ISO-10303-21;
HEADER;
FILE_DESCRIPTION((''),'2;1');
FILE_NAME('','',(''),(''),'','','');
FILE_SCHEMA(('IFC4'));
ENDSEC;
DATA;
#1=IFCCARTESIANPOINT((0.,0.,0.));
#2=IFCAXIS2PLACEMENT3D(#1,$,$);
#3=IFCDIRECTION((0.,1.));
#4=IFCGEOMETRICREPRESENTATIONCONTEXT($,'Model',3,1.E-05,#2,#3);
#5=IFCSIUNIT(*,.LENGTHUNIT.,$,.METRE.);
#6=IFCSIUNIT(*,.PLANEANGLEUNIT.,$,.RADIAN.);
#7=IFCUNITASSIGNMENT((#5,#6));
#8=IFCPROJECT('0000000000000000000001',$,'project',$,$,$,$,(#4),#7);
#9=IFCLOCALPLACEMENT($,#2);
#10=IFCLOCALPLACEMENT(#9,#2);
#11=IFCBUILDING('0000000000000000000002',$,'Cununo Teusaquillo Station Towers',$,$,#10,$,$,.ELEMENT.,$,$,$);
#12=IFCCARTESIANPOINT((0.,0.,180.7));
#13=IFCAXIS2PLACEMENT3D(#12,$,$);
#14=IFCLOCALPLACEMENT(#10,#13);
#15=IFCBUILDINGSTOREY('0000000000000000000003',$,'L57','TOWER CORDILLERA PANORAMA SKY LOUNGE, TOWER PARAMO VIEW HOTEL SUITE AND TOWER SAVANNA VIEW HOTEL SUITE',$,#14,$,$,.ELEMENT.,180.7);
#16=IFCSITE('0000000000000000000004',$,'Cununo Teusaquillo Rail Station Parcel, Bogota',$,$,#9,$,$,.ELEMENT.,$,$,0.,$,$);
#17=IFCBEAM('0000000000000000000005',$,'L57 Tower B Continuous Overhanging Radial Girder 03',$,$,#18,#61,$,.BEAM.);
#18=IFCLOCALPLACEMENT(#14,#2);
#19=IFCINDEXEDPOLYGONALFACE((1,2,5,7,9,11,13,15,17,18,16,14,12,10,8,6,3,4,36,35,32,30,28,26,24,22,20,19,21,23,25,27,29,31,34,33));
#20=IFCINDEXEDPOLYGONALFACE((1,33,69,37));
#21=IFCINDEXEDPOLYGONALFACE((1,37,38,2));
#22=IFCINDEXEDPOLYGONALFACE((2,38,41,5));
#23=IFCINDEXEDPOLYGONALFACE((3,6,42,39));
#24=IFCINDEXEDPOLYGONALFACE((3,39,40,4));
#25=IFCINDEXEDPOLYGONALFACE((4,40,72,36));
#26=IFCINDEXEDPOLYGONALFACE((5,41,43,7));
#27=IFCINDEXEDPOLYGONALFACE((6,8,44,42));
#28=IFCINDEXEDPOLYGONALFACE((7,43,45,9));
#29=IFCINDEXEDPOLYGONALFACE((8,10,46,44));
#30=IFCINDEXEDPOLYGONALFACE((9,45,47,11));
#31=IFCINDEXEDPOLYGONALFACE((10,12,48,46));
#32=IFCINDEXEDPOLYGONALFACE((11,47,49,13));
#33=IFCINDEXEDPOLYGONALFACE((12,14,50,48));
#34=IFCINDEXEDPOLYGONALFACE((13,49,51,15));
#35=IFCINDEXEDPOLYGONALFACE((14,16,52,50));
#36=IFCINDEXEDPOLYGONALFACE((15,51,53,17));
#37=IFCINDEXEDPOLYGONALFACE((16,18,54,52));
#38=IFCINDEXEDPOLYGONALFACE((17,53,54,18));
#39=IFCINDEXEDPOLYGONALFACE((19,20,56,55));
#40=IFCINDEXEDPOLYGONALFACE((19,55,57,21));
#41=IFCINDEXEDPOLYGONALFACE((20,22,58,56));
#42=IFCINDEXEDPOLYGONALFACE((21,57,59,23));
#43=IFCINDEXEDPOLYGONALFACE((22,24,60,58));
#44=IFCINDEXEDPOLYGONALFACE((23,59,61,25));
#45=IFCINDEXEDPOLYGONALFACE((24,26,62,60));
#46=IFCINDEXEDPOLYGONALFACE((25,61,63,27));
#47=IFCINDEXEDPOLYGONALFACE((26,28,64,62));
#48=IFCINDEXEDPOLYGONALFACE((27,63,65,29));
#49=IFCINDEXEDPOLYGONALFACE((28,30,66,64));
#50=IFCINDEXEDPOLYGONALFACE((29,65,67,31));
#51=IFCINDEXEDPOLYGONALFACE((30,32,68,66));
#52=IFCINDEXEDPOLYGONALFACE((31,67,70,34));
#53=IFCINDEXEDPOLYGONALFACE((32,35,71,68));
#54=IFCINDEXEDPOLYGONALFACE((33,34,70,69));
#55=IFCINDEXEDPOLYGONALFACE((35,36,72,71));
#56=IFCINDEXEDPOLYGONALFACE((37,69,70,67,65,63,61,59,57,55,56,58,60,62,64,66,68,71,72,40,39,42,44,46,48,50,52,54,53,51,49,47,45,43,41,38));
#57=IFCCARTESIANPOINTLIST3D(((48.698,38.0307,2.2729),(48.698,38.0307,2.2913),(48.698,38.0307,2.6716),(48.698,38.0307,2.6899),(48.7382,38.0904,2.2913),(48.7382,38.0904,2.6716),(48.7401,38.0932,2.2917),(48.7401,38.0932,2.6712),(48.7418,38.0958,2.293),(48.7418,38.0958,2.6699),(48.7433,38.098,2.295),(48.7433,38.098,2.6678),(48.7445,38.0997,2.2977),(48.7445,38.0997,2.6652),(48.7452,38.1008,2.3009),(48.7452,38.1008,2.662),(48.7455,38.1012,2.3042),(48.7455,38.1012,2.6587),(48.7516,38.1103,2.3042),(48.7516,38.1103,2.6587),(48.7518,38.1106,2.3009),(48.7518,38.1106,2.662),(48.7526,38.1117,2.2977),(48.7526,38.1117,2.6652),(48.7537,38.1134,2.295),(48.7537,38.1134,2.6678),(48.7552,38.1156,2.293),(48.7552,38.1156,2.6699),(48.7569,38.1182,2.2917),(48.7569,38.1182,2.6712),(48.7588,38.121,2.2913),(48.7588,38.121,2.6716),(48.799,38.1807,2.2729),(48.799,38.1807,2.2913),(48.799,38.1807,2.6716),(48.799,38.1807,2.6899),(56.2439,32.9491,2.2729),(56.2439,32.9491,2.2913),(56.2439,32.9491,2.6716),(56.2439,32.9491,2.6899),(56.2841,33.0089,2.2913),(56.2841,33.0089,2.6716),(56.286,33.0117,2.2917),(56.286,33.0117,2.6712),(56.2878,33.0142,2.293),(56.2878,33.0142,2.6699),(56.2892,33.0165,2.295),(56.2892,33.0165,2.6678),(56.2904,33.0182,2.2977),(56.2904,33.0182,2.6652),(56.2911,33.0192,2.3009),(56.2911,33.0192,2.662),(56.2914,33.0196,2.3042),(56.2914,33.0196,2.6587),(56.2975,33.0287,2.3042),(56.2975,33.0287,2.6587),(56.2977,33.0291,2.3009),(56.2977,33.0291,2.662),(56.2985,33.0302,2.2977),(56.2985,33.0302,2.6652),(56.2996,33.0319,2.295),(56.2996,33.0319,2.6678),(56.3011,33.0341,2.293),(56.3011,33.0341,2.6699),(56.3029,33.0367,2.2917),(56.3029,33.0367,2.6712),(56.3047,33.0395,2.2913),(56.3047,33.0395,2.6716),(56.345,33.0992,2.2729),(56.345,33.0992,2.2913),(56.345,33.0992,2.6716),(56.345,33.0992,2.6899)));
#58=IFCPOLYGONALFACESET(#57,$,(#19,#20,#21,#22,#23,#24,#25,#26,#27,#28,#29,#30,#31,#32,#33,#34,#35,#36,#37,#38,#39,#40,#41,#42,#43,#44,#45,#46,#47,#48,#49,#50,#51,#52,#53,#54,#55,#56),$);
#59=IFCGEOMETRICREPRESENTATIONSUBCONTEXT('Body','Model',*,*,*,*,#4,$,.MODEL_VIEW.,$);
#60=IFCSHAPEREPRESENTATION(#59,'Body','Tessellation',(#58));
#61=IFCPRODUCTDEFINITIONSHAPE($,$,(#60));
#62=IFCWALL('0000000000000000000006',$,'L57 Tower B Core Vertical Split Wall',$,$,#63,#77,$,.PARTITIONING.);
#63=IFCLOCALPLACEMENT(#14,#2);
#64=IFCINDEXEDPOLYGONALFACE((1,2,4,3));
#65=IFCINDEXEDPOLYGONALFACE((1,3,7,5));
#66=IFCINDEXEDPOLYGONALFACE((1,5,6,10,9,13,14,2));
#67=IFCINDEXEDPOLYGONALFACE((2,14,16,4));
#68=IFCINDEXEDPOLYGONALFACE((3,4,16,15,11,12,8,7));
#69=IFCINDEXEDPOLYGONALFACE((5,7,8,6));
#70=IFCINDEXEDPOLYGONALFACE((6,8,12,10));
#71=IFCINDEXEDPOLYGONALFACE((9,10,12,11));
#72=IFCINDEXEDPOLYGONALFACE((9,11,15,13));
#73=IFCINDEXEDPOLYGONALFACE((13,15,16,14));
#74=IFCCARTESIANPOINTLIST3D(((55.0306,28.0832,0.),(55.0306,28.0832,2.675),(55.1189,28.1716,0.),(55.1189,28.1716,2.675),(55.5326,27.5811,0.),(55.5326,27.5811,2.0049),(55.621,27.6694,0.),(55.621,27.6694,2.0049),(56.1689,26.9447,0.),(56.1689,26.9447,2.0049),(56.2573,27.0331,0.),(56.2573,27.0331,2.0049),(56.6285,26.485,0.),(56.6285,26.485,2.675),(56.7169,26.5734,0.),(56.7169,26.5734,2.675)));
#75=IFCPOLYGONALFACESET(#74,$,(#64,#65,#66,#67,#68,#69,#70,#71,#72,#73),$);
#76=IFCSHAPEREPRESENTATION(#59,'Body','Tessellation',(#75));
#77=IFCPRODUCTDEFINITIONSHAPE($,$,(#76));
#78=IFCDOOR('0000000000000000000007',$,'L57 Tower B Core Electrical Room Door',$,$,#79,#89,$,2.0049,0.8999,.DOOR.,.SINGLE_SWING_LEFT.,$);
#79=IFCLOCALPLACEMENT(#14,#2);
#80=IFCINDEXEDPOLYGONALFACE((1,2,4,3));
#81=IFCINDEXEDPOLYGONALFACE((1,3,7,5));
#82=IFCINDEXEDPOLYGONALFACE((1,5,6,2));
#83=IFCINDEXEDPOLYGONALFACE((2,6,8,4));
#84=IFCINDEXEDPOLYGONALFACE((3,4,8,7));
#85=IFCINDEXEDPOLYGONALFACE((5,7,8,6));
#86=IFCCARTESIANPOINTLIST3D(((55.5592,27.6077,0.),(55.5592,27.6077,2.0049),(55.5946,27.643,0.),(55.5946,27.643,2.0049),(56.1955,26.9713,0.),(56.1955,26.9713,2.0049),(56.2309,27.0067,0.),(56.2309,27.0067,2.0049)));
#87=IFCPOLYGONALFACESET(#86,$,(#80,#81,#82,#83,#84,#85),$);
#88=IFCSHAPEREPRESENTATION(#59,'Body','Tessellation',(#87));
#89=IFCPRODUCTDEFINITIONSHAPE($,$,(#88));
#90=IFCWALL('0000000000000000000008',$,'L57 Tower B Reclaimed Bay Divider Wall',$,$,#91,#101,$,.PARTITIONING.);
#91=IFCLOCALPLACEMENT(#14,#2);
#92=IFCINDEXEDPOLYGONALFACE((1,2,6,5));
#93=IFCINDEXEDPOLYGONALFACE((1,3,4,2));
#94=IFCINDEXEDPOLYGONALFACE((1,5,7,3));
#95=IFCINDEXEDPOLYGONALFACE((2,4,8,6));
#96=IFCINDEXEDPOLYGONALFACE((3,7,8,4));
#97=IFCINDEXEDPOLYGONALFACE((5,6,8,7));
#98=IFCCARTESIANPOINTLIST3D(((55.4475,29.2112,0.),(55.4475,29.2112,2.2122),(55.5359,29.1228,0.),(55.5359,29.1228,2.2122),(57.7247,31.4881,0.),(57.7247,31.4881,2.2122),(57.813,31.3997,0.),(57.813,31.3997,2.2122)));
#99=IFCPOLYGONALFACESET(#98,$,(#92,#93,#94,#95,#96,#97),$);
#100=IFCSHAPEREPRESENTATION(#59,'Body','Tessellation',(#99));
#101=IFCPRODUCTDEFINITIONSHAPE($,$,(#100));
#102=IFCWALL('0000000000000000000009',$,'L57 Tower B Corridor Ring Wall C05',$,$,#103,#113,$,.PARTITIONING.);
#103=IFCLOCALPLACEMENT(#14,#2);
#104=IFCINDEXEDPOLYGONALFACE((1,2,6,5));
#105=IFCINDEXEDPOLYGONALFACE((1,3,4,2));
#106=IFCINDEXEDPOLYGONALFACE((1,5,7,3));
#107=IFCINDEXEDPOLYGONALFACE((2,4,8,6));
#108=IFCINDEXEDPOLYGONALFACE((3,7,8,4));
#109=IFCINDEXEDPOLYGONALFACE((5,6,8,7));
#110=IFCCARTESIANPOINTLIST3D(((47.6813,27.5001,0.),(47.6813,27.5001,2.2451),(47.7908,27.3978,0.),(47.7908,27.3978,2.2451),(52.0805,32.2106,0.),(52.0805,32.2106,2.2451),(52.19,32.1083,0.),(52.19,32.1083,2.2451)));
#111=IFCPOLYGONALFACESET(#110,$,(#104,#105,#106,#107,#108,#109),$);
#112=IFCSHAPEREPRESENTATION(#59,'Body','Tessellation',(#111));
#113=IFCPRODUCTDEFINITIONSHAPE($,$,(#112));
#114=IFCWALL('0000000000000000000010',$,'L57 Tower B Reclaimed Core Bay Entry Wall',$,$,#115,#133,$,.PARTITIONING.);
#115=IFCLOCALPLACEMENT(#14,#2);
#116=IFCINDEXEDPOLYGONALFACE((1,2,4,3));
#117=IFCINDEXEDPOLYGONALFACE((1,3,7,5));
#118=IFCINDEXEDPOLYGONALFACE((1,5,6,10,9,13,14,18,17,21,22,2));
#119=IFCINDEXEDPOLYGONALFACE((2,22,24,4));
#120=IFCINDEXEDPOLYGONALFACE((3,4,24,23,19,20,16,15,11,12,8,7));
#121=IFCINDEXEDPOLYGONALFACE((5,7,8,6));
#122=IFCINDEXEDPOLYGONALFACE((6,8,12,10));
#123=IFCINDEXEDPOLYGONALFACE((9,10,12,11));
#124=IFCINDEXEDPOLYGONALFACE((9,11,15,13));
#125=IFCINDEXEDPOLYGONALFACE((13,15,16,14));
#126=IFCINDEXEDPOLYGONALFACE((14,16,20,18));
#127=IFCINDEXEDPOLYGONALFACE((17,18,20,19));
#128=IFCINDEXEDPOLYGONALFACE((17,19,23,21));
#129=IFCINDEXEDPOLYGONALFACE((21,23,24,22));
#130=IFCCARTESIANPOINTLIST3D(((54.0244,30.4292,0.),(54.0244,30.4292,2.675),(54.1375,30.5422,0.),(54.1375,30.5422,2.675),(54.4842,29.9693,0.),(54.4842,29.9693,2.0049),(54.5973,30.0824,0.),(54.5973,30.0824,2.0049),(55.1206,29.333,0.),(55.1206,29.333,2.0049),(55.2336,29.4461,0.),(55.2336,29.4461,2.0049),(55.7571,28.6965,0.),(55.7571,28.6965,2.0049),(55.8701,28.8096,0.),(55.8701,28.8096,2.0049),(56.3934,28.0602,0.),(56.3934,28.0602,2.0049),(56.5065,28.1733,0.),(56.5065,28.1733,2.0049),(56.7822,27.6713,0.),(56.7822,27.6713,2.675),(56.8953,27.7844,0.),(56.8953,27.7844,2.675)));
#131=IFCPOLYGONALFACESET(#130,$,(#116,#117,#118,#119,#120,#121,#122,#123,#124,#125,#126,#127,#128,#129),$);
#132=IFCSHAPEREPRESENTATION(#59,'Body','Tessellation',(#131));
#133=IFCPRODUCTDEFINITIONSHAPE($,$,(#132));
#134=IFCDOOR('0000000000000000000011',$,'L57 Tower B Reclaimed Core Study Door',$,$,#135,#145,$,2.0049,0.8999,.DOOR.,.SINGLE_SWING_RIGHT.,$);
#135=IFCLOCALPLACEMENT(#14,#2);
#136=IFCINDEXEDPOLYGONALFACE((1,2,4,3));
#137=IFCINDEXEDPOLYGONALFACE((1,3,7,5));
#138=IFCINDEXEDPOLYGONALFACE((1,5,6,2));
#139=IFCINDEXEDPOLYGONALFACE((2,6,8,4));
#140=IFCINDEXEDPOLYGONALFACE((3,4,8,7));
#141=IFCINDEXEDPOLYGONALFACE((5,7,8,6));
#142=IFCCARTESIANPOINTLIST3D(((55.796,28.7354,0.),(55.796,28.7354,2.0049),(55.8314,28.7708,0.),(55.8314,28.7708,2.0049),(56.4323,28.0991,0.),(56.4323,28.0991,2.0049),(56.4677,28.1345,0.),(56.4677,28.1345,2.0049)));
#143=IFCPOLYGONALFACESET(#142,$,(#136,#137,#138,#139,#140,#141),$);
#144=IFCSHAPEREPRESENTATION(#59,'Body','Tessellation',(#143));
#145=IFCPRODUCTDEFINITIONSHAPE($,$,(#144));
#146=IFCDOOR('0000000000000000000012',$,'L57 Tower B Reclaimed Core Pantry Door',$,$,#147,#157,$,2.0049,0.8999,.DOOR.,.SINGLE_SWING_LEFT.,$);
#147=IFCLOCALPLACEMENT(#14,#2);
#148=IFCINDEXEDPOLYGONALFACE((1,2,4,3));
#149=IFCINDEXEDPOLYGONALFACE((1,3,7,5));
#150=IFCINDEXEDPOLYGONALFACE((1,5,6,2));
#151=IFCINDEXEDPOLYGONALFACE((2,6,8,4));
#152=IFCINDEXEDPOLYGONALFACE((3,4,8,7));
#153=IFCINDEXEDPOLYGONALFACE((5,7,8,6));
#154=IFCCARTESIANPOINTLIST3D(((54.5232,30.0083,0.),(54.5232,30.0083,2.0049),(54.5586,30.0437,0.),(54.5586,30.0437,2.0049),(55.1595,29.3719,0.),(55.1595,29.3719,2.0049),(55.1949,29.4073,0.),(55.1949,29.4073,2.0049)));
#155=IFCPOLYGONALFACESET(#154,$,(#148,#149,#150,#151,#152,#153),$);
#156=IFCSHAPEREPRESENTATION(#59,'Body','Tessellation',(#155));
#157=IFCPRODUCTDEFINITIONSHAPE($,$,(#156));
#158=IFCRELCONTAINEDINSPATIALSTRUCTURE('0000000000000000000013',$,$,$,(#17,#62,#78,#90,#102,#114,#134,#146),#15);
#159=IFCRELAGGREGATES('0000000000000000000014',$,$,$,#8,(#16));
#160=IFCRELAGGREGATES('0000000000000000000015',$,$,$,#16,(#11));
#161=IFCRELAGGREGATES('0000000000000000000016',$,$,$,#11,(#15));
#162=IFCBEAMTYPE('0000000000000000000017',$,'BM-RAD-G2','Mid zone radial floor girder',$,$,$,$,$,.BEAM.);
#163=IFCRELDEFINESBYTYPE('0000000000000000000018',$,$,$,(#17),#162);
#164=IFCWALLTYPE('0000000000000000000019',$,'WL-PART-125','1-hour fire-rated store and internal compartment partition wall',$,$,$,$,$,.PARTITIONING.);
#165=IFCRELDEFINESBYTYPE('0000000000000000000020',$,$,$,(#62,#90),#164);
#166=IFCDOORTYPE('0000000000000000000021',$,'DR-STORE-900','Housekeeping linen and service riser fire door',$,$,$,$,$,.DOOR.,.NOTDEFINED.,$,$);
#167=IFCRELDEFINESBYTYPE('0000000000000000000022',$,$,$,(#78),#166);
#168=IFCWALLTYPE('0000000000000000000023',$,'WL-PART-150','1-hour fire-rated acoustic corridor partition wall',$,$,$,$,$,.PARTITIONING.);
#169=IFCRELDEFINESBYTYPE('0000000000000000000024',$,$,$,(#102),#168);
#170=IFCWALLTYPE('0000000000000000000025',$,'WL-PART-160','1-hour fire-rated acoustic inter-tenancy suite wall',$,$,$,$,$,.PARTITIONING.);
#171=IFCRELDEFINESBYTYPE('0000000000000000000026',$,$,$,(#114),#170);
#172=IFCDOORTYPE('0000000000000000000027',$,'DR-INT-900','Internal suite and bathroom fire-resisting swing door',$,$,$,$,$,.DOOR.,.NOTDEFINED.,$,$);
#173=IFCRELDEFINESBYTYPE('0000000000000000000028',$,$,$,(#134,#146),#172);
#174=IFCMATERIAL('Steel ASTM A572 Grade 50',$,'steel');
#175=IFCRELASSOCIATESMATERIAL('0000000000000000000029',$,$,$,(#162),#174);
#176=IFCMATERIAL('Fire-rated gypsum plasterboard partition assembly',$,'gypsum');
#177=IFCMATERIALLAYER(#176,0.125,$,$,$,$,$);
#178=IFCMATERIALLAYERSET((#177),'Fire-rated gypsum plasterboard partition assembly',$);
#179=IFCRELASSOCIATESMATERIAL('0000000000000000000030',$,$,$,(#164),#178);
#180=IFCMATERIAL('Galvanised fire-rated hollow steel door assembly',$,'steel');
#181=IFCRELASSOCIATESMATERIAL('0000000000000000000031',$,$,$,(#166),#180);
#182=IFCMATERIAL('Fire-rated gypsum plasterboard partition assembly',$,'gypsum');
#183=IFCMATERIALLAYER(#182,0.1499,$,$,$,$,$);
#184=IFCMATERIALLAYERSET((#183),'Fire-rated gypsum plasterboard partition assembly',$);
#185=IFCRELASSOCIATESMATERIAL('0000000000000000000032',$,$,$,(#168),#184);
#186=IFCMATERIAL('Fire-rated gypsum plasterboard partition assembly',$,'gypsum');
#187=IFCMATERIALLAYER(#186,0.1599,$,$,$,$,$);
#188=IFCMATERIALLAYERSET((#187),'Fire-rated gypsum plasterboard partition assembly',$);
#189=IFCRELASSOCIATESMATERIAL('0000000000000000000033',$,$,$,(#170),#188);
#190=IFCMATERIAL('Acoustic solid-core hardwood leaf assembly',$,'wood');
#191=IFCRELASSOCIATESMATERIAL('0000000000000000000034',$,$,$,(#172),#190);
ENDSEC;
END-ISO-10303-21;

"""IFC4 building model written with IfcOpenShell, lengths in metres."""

from ifc_helpers import new_model, si_unit, direction, frame, frame_2d, origin, origin_2d, place, context, subcontext, project, spatial, rectangle, i_section, extrude, source, transform, mapped, material, layer, layer_set, material_profile, profile_set, type_object, element, fill, save


model = new_model("IFC4")

# Units and contexts
model_context = context("Model", 3, precision=1e-05, world=origin(), true_north=direction((0.0, 1.0)))
body_context = subcontext(model_context, "Body", "Model", "MODEL_VIEW")
ifc_project = project(units=[si_unit("LENGTHUNIT", "METRE"), si_unit("PLANEANGLEUNIT", "RADIAN")], contexts=[model_context])

# Site, building, storey
site_placement = place(None, origin())
site = spatial("IfcSite", under=ifc_project, at=site_placement, Name="Cununo Teusaquillo Rail Station Parcel, Bogota", CompositionType="ELEMENT", RefElevation=0.0)
building_placement = place(site_placement, origin())
building = spatial("IfcBuilding", under=site, at=building_placement, Name="Cununo Teusaquillo Station Towers", CompositionType="ELEMENT")
storey_placement = place(building_placement, frame((0.0, 0.0, 180.7)))
storey = spatial("IfcBuildingStorey", under=building, at=storey_placement, Name="L57", Description="TOWER CORDILLERA PANORAMA SKY LOUNGE, TOWER PARAMO VIEW HOTEL SUITE AND TOWER SAVANNA VIEW HOTEL SUITE", CompositionType="ELEMENT", Elevation=180.7)

# Beam
ifc_material_1 = material(Name="Steel ASTM A572 Grade 50", Category="steel")
ifc_material_profile_1 = material_profile(ifc_material_1, i_section(OverallWidth=0.1809, OverallDepth=0.417, WebThickness=0.011, FlangeThickness=0.0183, FilletRadius=0.0129, at=origin_2d()), Name="W16X57")
ifc_profile_set_1 = profile_set([ifc_material_profile_1], Name="Steel ASTM A572 Grade 50")
beam_type = type_object("IfcBeamType", Name="BM-RAD-G2", Description="Mid zone radial floor girder", PredefinedType="BEAM", material=ifc_profile_set_1)
beam_1_placement = place(storey_placement, frame((56.2944, 33.0242, 2.4814), z_axis=(-0.829457, 0.558571, 0.0), x_axis=(-0.558571, -0.829457, 0.0)))
element("IfcBeam", 1, at=beam_1_placement, inside=storey, type_object=beam_type, Name="L57 Tower B Continuous Overhanging Radial Girder 03", PredefinedType="BEAM", context=body_context, shape_type="SweptSolid", body=[
    extrude(i_section(OverallWidth=0.1809, OverallDepth=0.417, WebThickness=0.011, FlangeThickness=0.0183, FilletRadius=0.0129, at=origin_2d()), origin(), (0.0, 0.0, 1.0), 9.0974),
])

# Wall, opening, door
ifc_material_2 = material(Name="Fire-rated gypsum plasterboard partition assembly", Category="gypsum")
ifc_layer_1 = layer(ifc_material_2, 0.125)
ifc_layer_set_1 = layer_set([ifc_layer_1], Name="Fire-rated gypsum plasterboard partition assembly")
wall_type_1 = type_object("IfcWallType", Name="WL-PART-125", Description="1-hour fire-rated store and internal compartment partition wall", PredefinedType="PARTITIONING", material=ifc_layer_set_1)
wall_1_placement = place(storey_placement, frame((56.6726, 26.5293, 0.0), z_axis=(0.0, 0.0, 1.0), x_axis=(-0.707053, 0.707161, 0.0)))
wall_1 = element("IfcWall", 2, at=wall_1_placement, inside=storey, type_object=wall_type_1, Name="L57 Tower B Core Vertical Split Wall", PredefinedType="PARTITIONING", context=body_context, shape_type="SweptSolid", body=[
    extrude(rectangle(XDim=2.26, YDim=0.125, at=frame_2d((1.1299, 0.0))), origin(), (0.0, 0.0, 1.0), 2.675),
])
shared_shape_1 = source(origin(), body_context, "Body", "SweptSolid", [
    extrude(rectangle(XDim=0.8999, YDim=2.0049, at=frame_2d((0.45, 1.0024))), frame((0.0, 0.0725, 0.0), z_axis=(0.0, -1.0, 0.0), x_axis=(1.0, 0.0, 0.0)), (0.0, 0.0, 1.0), 0.145),
])
opening_1_placement = place(wall_1_placement, frame((0.6499, 0.0, 0.0)))
opening_1 = element("IfcOpeningElement", 3, at=opening_1_placement, cuts=wall_1, PredefinedType="OPENING", context=body_context, shape_type="MappedRepresentation", body=[
    mapped(shared_shape_1, transform((0.0, 0.0, 0.0), x_axis=(1.0, 0.0, 0.0), y_axis=(0.0, 1.0, 0.0), z_axis=(0.0, 0.0, 1.0), scale=1.0)),
])
ifc_material_3 = material(Name="Galvanised fire-rated hollow steel door assembly", Category="steel")
door_type_1 = type_object("IfcDoorType", Name="DR-STORE-900", Description="Housekeeping linen and service riser fire door", OperationType="NOTDEFINED", PredefinedType="DOOR", material=ifc_material_3)
shared_shape_2 = source(origin(), body_context, "Body", "SweptSolid", [
    extrude(rectangle(XDim=0.8999, YDim=2.0049, at=frame_2d((0.45, 1.0024))), frame((0.0, 0.0249, 0.0), z_axis=(0.0, -1.0, 0.0), x_axis=(1.0, 0.0, 0.0)), (0.0, 0.0, 1.0), 0.05),
])
door_1_placement = place(opening_1_placement, origin())
door_1 = element("IfcDoor", 4, at=door_1_placement, inside=storey, type_object=door_type_1, Name="L57 Tower B Core Electrical Room Door", OperationType="SINGLE_SWING_LEFT", OverallHeight=2.0049, OverallWidth=0.8999, PredefinedType="DOOR", context=body_context, shape_type="MappedRepresentation", body=[
    mapped(shared_shape_2, transform((0.0, 0.0, 0.0), x_axis=(1.0, 0.0, 0.0), y_axis=(0.0, 1.0, 0.0), z_axis=(0.0, 0.0, 1.0), scale=1.0)),
])
fill(opening_1, door_1)

# Walls
wall_2_placement = place(storey_placement, frame((55.4917, 29.167, 0.0), z_axis=(0.0, 0.0, 1.0), x_axis=(0.707145, 0.707069, 0.0)))
element("IfcWall", 5, at=wall_2_placement, inside=storey, type_object=wall_type_1, Name="L57 Tower B Reclaimed Bay Divider Wall", PredefinedType="PARTITIONING", context=body_context, shape_type="SweptSolid", body=[
    extrude(rectangle(XDim=3.2202, YDim=0.125, at=frame_2d((1.6101, 0.0))), origin(), (0.0, 0.0, 1.0), 2.2122),
])
ifc_material_4 = material(Name="Fire-rated gypsum plasterboard partition assembly", Category="gypsum")
ifc_layer_2 = layer(ifc_material_4, 0.1499)
ifc_layer_set_2 = layer_set([ifc_layer_2], Name="Fire-rated gypsum plasterboard partition assembly")
wall_type_2 = type_object("IfcWallType", Name="WL-PART-150", Description="1-hour fire-rated acoustic corridor partition wall", PredefinedType="PARTITIONING", material=ifc_layer_set_2)
wall_3_placement = place(storey_placement, frame((52.1353, 32.1594, 0.0), z_axis=(0.0, 0.0, 1.0), x_axis=(-0.682546, -0.730842, 0.0)))
element("IfcWall", 6, at=wall_3_placement, inside=storey, type_object=wall_type_2, Name="L57 Tower B Corridor Ring Wall C05", PredefinedType="PARTITIONING", context=body_context, shape_type="SweptSolid", body=[
    extrude(rectangle(XDim=6.4453, YDim=0.1499, at=frame_2d((3.2227, 0.0))), origin(), (0.0, 0.0, 1.0), 2.2451),
])

# Wall, openings, doors
ifc_material_5 = material(Name="Fire-rated gypsum plasterboard partition assembly", Category="gypsum")
ifc_layer_3 = layer(ifc_material_5, 0.1599)
ifc_layer_set_3 = layer_set([ifc_layer_3], Name="Fire-rated gypsum plasterboard partition assembly")
wall_type_3 = type_object("IfcWallType", Name="WL-PART-160", Description="1-hour fire-rated acoustic inter-tenancy suite wall", PredefinedType="PARTITIONING", material=ifc_layer_set_3)
wall_4_placement = place(storey_placement, frame((56.8389, 27.7278, 0.0), z_axis=(0.0, 0.0, 1.0), x_axis=(-0.707107, 0.707107, 0.0)))
wall_4 = element("IfcWall", 7, at=wall_4_placement, inside=storey, type_object=wall_type_3, Name="L57 Tower B Reclaimed Core Bay Entry Wall", PredefinedType="PARTITIONING", context=body_context, shape_type="SweptSolid", body=[
    extrude(rectangle(XDim=3.9001, YDim=0.1599, at=frame_2d((1.9502, 0.0))), origin(), (0.0, 0.0, 1.0), 2.675),
])
shared_shape_3 = source(origin(), body_context, "Body", "SweptSolid", [
    extrude(rectangle(XDim=0.8999, YDim=2.0049, at=frame_2d((0.45, 1.0024))), frame((0.0, 0.0898, 0.0), z_axis=(0.0, -1.0, 0.0), x_axis=(1.0, 0.0, 0.0)), (0.0, 0.0, 1.0), 0.1799),
])
opening_2_placement = place(wall_4_placement, frame((0.55, 0.0, 0.0)))
opening_2 = element("IfcOpeningElement", 8, at=opening_2_placement, cuts=wall_4, PredefinedType="OPENING", context=body_context, shape_type="MappedRepresentation", body=[
    mapped(shared_shape_3, transform((0.0, 0.0, 0.0), x_axis=(1.0, 0.0, 0.0), y_axis=(0.0, 1.0, 0.0), z_axis=(0.0, 0.0, 1.0), scale=1.0)),
])
opening_3_placement = place(wall_4_placement, frame((2.3501, 0.0, 0.0)))
opening_3 = element("IfcOpeningElement", 9, at=opening_3_placement, cuts=wall_4, PredefinedType="OPENING", context=body_context, shape_type="MappedRepresentation", body=[
    mapped(shared_shape_3, transform((0.0, 0.0, 0.0), x_axis=(1.0, 0.0, 0.0), y_axis=(0.0, 1.0, 0.0), z_axis=(0.0, 0.0, 1.0), scale=1.0)),
])
ifc_material_6 = material(Name="Acoustic solid-core hardwood leaf assembly", Category="wood")
door_type_2 = type_object("IfcDoorType", Name="DR-INT-900", Description="Internal suite and bathroom fire-resisting swing door", OperationType="NOTDEFINED", PredefinedType="DOOR", material=ifc_material_6)
door_2_placement = place(opening_2_placement, origin())
door_2 = element("IfcDoor", 10, at=door_2_placement, inside=storey, type_object=door_type_2, Name="L57 Tower B Reclaimed Core Study Door", OperationType="SINGLE_SWING_RIGHT", OverallHeight=2.0049, OverallWidth=0.8999, PredefinedType="DOOR", context=body_context, shape_type="MappedRepresentation", body=[
    mapped(shared_shape_2, transform((0.0, 0.0, 0.0), x_axis=(1.0, 0.0, 0.0), y_axis=(0.0, 1.0, 0.0), z_axis=(0.0, 0.0, 1.0), scale=1.0)),
])
fill(opening_2, door_2)
door_3_placement = place(opening_3_placement, origin())
door_3 = element("IfcDoor", 11, at=door_3_placement, inside=storey, type_object=door_type_2, Name="L57 Tower B Reclaimed Core Pantry Door", OperationType="SINGLE_SWING_LEFT", OverallHeight=2.0049, OverallWidth=0.8999, PredefinedType="DOOR", context=body_context, shape_type="MappedRepresentation", body=[
    mapped(shared_shape_2, transform((0.0, 0.0, 0.0), x_axis=(1.0, 0.0, 0.0), y_axis=(0.0, 1.0, 0.0), z_axis=(0.0, 0.0, 1.0), scale=1.0)),
])
fill(opening_3, door_3)

save(model, "model.ifc")
